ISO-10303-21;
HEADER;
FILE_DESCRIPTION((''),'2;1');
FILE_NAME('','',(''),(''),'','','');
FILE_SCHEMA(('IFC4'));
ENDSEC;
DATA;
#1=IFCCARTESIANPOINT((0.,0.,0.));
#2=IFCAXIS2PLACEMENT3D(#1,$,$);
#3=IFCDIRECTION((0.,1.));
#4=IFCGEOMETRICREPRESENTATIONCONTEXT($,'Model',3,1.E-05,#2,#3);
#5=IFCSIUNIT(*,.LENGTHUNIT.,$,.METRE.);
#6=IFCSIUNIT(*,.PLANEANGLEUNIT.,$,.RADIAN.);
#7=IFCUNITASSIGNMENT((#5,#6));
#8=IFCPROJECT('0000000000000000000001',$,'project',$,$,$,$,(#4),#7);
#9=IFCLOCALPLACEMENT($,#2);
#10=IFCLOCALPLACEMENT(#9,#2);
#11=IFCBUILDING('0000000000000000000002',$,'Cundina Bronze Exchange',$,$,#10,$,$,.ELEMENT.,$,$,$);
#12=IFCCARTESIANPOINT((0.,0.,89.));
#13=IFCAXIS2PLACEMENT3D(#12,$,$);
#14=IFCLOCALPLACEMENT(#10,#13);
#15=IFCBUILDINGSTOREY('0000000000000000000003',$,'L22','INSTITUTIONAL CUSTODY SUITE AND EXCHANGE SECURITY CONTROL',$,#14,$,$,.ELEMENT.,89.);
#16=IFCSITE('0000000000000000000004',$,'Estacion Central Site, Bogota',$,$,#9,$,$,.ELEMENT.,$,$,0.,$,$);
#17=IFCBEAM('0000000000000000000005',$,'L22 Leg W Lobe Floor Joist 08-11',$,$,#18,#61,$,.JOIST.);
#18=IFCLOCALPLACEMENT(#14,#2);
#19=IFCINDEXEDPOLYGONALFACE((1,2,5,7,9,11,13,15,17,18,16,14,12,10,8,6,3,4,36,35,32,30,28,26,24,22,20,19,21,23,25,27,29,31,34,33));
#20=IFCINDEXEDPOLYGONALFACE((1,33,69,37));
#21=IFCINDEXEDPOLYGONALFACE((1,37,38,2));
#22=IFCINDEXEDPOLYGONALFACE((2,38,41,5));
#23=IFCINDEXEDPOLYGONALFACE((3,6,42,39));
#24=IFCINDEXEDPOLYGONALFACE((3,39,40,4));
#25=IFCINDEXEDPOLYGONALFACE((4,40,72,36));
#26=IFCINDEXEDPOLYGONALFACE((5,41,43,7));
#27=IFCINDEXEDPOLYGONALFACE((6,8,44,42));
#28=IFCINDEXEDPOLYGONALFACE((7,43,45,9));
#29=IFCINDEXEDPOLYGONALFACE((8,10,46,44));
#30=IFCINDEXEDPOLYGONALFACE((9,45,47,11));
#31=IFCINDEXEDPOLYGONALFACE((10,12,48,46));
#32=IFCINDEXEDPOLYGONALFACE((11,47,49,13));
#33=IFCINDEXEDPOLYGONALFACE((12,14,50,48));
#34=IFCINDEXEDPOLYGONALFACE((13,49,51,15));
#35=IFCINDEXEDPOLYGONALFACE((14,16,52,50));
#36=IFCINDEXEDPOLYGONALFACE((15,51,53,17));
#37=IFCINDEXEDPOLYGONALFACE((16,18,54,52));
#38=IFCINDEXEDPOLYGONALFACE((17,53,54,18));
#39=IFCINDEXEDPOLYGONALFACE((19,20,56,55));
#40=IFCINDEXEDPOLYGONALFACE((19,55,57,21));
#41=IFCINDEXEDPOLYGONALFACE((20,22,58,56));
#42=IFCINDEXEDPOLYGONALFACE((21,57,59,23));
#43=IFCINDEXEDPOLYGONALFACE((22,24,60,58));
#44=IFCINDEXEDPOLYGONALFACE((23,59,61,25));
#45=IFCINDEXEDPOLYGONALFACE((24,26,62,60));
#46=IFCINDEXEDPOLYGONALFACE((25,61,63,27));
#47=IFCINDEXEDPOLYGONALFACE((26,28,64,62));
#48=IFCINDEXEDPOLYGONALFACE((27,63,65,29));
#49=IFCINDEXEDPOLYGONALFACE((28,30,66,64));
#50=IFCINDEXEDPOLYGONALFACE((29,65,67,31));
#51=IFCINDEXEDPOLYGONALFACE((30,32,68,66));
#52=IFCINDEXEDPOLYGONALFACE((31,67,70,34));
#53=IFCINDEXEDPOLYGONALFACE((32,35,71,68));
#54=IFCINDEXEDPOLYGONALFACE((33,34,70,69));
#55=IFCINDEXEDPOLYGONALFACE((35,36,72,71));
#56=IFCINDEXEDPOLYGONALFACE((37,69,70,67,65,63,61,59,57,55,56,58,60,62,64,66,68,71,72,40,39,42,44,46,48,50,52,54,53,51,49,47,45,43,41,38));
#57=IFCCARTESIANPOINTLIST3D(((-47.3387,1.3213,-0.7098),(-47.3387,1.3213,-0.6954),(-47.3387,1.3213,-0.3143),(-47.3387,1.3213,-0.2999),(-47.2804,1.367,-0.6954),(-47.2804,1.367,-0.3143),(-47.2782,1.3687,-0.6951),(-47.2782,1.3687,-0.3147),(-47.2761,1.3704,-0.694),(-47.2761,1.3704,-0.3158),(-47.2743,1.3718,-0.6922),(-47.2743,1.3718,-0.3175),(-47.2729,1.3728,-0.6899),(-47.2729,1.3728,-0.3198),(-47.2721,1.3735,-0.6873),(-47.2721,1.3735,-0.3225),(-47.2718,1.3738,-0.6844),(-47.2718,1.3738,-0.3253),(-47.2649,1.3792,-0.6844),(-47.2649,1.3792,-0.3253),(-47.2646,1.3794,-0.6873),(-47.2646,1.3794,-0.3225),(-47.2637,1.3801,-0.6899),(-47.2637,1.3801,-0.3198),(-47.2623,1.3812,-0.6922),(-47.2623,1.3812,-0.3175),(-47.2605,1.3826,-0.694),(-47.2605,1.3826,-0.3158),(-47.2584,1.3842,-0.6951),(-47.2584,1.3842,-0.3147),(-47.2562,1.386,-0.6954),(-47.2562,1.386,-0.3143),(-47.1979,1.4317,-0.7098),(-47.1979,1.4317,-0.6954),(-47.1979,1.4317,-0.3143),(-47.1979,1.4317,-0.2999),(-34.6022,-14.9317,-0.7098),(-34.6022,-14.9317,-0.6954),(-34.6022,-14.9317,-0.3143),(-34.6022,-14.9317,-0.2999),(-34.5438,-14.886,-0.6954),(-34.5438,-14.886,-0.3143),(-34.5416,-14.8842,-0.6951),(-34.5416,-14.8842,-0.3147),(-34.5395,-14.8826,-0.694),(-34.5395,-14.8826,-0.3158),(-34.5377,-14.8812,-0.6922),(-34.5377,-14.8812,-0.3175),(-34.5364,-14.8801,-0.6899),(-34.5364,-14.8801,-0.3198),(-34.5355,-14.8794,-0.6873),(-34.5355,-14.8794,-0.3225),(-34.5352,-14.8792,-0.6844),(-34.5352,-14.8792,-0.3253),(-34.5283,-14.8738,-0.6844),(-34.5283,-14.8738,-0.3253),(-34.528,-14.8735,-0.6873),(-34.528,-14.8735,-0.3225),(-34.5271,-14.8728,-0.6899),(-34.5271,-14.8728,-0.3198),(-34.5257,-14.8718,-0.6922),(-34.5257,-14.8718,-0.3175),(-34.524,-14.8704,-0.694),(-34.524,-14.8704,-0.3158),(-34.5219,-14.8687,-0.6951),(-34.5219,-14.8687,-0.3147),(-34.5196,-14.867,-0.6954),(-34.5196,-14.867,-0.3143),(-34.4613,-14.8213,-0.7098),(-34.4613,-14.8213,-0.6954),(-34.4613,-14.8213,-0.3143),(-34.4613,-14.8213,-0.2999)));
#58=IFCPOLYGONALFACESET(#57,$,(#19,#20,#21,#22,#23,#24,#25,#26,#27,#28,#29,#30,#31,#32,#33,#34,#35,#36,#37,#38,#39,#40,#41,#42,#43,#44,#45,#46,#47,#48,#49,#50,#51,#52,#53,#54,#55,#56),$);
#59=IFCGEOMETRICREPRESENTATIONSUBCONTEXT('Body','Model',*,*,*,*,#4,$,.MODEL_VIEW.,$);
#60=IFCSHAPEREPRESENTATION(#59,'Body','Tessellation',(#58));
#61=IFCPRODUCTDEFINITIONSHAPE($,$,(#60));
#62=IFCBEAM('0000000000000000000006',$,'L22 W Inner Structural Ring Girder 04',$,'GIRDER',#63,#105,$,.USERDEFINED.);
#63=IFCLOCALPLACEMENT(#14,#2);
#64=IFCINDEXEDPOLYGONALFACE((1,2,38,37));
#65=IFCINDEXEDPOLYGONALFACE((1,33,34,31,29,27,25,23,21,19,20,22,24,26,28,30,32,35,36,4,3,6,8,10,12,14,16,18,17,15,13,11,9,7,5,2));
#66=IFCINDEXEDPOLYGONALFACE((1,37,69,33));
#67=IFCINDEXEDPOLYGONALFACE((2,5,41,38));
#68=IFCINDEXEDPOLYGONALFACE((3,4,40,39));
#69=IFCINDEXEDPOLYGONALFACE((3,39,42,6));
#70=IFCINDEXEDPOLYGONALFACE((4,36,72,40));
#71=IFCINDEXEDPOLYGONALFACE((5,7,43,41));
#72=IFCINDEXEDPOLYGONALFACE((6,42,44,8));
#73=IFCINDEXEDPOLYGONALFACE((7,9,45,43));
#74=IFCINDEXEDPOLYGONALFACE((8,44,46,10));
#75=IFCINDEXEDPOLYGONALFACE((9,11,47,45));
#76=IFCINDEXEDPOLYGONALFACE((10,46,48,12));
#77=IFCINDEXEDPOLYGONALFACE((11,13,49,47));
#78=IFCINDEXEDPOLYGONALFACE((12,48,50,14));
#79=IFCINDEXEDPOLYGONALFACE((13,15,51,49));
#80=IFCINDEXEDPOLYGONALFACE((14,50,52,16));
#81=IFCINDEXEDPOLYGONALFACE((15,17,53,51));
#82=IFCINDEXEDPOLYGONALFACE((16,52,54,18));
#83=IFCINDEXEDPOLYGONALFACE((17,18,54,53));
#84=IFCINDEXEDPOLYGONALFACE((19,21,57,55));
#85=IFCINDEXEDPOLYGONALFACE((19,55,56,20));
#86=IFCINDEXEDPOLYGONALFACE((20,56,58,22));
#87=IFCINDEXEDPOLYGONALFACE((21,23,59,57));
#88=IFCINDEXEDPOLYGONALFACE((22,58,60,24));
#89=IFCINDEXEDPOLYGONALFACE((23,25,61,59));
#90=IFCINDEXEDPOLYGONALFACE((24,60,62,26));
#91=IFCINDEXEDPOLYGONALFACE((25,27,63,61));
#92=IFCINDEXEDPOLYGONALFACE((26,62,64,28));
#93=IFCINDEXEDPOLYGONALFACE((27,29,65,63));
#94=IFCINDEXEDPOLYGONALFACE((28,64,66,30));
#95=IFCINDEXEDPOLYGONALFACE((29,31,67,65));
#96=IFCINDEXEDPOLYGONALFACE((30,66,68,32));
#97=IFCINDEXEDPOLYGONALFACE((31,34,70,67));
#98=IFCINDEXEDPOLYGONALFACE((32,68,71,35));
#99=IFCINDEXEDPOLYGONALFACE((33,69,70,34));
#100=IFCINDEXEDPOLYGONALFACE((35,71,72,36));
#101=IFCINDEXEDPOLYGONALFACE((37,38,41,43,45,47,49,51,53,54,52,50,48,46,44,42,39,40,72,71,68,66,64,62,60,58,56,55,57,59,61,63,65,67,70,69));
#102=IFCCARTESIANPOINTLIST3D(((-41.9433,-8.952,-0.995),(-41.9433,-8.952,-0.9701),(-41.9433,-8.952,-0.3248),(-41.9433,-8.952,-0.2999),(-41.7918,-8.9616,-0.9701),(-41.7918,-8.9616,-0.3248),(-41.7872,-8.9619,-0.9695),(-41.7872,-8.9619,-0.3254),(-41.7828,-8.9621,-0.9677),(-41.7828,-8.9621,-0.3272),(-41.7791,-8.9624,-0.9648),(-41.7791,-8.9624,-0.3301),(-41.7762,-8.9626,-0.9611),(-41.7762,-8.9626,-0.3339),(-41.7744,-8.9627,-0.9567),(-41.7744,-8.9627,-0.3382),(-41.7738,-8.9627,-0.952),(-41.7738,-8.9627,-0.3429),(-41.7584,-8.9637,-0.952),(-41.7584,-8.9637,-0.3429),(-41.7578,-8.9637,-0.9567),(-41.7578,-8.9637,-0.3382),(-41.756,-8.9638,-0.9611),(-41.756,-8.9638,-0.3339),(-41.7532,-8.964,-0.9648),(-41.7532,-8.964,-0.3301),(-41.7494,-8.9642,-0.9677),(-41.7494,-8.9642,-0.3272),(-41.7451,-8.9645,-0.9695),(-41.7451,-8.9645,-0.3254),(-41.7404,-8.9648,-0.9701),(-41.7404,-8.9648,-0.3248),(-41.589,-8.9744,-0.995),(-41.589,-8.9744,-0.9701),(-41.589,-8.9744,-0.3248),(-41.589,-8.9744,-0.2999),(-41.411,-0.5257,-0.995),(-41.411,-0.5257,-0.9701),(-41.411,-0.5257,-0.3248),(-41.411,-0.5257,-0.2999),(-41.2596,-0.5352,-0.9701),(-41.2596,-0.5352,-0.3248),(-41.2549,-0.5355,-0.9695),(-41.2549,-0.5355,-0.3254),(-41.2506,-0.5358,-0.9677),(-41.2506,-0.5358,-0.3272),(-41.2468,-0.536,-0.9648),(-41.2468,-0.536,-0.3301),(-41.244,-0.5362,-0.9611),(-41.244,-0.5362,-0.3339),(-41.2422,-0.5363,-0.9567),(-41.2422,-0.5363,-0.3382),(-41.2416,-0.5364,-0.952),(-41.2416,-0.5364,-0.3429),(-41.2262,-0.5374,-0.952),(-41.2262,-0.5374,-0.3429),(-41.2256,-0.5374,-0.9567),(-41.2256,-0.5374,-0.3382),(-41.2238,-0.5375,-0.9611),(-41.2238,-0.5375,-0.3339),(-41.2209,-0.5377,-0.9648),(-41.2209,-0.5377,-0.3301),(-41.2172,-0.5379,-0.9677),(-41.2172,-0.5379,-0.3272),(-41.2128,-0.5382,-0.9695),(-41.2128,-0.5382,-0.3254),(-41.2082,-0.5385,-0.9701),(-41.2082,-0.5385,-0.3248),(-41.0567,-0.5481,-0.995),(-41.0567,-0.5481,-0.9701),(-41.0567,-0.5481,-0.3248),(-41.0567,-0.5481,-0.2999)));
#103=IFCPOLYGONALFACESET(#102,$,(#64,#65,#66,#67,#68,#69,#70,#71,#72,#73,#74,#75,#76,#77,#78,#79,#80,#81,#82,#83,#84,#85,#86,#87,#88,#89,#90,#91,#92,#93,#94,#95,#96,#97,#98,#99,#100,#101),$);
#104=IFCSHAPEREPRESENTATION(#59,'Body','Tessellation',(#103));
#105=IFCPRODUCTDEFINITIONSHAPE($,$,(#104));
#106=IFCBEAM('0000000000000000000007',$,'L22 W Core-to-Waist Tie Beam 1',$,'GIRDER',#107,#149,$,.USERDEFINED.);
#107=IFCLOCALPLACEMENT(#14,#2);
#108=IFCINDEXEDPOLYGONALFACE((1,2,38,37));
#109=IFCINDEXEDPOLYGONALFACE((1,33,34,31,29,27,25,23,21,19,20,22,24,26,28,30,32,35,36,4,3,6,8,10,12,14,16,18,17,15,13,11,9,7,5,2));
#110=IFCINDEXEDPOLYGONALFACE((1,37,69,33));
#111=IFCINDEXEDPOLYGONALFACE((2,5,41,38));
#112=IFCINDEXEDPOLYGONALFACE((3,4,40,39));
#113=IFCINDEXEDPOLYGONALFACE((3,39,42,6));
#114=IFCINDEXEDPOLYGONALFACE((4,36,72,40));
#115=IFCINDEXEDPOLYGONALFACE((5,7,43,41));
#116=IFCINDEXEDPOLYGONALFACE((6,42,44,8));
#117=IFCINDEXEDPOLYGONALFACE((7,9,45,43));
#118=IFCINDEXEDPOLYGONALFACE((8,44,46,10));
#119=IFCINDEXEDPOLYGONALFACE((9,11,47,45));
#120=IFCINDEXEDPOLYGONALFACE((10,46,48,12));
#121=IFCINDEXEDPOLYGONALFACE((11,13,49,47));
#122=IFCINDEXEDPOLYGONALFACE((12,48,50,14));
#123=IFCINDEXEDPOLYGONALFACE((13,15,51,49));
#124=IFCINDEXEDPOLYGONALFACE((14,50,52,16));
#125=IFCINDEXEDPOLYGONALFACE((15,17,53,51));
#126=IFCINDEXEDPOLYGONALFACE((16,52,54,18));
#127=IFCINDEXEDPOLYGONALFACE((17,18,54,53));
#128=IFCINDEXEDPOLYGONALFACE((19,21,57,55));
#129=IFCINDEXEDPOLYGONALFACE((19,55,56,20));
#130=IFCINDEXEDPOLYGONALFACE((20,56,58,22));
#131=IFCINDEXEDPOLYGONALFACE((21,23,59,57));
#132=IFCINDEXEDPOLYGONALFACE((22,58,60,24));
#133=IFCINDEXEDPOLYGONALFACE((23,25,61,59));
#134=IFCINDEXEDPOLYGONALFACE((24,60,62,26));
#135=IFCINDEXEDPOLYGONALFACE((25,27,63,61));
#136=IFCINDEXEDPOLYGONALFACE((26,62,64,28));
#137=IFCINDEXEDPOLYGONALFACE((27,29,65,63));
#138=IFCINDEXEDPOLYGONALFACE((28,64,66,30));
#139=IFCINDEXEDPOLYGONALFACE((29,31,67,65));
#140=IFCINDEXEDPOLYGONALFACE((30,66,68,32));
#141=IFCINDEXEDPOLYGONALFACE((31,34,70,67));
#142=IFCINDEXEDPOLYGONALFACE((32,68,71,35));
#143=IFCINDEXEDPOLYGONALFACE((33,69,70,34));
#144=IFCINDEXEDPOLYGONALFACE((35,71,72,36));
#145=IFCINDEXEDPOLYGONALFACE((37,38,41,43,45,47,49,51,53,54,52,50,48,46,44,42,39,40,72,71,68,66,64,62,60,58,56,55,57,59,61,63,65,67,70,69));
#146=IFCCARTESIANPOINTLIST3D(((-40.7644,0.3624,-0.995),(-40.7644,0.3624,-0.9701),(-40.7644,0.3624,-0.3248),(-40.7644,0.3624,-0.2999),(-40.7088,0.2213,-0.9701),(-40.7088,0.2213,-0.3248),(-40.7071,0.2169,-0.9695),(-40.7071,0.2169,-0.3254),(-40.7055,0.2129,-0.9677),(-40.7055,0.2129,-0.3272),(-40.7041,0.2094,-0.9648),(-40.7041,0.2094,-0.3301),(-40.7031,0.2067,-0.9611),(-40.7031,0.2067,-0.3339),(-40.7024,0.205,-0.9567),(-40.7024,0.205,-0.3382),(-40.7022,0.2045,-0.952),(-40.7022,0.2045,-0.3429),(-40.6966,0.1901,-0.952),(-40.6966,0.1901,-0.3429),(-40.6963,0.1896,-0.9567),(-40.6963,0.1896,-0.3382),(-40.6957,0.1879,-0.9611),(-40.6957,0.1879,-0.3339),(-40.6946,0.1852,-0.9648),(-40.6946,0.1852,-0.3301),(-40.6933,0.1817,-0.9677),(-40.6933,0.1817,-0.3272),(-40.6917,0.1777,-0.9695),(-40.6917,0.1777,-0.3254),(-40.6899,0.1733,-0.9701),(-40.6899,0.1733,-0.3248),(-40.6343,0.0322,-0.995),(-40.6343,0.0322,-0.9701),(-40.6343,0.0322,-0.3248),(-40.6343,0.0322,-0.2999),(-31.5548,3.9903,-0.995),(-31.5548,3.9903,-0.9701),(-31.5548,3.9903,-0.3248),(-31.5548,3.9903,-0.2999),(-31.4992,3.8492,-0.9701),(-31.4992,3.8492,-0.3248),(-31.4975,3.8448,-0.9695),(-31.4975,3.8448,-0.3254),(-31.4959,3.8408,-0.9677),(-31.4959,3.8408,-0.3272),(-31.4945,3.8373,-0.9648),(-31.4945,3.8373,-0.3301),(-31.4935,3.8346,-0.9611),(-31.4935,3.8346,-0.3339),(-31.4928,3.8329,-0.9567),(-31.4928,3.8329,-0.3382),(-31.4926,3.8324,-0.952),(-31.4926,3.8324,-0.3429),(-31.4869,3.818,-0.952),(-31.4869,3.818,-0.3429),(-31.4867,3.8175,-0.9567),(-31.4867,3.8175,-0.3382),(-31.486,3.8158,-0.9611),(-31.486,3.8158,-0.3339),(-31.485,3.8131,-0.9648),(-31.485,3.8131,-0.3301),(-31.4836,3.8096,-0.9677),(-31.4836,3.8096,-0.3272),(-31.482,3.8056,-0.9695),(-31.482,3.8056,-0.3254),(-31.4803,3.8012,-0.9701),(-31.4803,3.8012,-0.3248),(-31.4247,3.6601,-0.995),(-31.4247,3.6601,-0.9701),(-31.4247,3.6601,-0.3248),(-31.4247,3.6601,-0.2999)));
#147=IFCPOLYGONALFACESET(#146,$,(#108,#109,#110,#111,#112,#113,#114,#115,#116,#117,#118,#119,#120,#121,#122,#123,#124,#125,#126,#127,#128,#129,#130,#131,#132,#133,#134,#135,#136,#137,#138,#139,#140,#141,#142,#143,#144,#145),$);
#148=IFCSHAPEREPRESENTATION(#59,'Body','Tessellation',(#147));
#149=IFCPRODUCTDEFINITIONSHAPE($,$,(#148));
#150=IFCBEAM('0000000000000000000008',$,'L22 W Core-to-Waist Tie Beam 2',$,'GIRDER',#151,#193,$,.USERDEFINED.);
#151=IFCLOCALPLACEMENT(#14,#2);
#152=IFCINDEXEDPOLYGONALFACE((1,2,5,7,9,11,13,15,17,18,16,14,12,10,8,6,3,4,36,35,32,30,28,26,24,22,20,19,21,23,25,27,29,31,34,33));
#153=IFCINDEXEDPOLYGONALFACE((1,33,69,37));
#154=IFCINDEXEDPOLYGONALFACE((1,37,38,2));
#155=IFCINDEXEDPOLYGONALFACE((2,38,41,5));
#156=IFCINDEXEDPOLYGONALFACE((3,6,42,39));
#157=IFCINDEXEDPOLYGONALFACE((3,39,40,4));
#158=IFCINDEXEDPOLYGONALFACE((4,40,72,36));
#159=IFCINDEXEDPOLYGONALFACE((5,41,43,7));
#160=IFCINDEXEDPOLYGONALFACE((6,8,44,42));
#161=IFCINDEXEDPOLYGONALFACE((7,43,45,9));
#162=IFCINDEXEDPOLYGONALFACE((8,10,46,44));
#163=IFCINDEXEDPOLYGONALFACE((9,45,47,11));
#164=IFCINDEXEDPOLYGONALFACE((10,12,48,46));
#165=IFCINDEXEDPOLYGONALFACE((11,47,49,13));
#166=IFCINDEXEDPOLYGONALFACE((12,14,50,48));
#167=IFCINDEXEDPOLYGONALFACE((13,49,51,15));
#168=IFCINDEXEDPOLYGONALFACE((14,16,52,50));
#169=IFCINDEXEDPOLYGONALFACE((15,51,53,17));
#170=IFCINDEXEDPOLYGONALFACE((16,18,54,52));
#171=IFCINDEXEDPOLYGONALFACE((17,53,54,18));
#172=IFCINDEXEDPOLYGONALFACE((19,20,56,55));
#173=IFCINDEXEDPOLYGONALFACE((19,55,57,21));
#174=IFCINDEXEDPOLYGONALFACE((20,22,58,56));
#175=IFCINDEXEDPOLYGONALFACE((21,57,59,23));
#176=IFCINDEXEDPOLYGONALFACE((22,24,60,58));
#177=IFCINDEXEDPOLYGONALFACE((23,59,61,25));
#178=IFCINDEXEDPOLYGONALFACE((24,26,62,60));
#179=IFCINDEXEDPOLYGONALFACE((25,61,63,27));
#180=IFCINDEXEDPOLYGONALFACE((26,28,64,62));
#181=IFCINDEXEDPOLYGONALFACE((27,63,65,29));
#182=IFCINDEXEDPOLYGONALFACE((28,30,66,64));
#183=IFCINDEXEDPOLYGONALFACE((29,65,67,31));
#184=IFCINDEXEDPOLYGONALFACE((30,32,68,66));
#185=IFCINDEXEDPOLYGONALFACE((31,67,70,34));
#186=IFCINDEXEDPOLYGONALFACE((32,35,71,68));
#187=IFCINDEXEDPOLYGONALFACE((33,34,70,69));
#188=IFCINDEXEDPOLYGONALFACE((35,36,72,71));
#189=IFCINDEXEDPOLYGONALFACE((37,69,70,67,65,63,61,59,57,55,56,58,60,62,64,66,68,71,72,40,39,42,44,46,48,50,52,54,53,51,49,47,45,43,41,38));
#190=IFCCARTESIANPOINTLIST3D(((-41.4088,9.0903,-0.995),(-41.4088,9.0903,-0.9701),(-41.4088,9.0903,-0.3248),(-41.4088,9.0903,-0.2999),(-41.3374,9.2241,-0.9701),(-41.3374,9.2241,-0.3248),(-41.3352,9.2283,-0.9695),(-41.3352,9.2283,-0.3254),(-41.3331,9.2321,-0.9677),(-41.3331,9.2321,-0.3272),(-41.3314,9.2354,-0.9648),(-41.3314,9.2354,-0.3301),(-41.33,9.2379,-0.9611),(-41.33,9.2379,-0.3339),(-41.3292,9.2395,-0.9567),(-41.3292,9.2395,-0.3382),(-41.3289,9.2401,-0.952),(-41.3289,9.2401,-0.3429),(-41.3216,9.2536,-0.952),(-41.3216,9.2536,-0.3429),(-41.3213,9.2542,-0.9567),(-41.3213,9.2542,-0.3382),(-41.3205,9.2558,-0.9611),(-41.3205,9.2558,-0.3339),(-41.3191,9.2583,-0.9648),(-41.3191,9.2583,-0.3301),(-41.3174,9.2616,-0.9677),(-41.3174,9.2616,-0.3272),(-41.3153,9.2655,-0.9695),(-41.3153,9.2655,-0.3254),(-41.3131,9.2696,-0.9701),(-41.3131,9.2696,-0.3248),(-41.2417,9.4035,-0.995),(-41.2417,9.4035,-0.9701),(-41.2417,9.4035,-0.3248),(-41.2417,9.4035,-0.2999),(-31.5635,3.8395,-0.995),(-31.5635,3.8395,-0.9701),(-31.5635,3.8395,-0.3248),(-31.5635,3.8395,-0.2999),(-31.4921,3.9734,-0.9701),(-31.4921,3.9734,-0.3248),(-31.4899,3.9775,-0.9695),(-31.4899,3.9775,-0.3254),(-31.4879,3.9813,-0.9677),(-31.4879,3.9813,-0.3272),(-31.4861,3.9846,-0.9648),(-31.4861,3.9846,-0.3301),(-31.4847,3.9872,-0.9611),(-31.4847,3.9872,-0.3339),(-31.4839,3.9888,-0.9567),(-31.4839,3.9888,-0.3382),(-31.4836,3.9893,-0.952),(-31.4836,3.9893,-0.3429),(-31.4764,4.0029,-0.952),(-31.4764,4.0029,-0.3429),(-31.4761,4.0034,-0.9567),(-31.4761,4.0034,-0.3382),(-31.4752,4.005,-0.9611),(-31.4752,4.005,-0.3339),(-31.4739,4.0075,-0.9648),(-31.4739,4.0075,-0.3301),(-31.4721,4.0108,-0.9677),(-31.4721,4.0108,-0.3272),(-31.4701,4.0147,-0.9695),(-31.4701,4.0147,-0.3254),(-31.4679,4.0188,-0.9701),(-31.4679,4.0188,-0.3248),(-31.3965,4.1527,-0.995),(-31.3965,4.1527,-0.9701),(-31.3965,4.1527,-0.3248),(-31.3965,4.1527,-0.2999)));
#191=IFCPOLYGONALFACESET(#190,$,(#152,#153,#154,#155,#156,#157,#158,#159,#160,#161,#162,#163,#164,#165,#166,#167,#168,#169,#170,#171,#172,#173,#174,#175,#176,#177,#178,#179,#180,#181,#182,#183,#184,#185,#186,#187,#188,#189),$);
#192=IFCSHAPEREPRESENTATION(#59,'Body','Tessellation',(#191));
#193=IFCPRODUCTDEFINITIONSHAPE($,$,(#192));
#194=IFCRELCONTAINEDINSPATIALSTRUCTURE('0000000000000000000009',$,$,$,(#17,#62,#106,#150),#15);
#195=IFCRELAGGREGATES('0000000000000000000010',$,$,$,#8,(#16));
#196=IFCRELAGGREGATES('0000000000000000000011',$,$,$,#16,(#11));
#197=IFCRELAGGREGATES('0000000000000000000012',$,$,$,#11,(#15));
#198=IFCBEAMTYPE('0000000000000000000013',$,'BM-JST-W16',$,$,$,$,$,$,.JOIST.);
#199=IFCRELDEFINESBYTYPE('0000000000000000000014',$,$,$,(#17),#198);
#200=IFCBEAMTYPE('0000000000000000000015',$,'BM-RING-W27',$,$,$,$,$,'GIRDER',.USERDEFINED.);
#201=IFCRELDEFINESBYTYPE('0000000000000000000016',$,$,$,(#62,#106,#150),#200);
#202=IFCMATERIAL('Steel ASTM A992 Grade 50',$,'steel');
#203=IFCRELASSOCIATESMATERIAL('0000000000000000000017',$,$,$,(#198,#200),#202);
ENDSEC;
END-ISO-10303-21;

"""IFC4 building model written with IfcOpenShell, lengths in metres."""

from ifc_helpers import new_model, si_unit, direction, frame, origin, origin_2d, place, context, subcontext, project, spatial, i_section, extrude, material, material_profile, profile_set, type_object, element, save


model = new_model("IFC4")

# Units and contexts
model_context = context("Model", 3, precision=1e-05, world=origin(), true_north=direction((0.0, 1.0)))
body_context = subcontext(model_context, "Body", "Model", "MODEL_VIEW")
ifc_project = project(units=[si_unit("LENGTHUNIT", "METRE"), si_unit("PLANEANGLEUNIT", "RADIAN")], contexts=[model_context])

# Site, building, storey
site_placement = place(None, origin())
site = spatial("IfcSite", under=ifc_project, at=site_placement, Name="Estacion Central Site, Bogota", CompositionType="ELEMENT", RefElevation=0.0)
building_placement = place(site_placement, origin())
building = spatial("IfcBuilding", under=site, at=building_placement, Name="Cundina Bronze Exchange", CompositionType="ELEMENT")
storey_placement = place(building_placement, frame((0.0, 0.0, 89.0)))
storey = spatial("IfcBuildingStorey", under=building, at=storey_placement, Name="L22", Description="INSTITUTIONAL CUSTODY SUITE AND EXCHANGE SECURITY CONTROL", CompositionType="ELEMENT", Elevation=89.0)

# Shared definitions
ifc_material_1 = material(Name="Steel ASTM A992 Grade 50", Category="steel")

# Beams
ifc_material_profile_1 = material_profile(ifc_material_1, i_section(OverallWidth=0.179, OverallDepth=0.4099, WebThickness=0.0088, FlangeThickness=0.0144, FilletRadius=0.011, at=origin_2d()), Name="W16X45", Category="steel")
ifc_profile_set_1 = profile_set([ifc_material_profile_1], Name="Steel ASTM A992 Grade 50")
beam_type_1 = type_object("IfcBeamType", Name="BM-JST-W16", PredefinedType="JOIST", material=ifc_profile_set_1)
beam_1_placement = place(storey_placement, frame((-47.2683, 1.3765, -0.5049), z_axis=(0.616815, -0.787108, 0.0), x_axis=(0.787108, 0.616815, 0.0)))
element("IfcBeam", 1, at=beam_1_placement, inside=storey, type_object=beam_type_1, Name="L22 Leg W Lobe Floor Joist 08-11", PredefinedType="JOIST", context=body_context, shape_type="SweptSolid", body=[
    extrude(i_section(OverallWidth=0.179, OverallDepth=0.4099, WebThickness=0.0088, FlangeThickness=0.0144, FilletRadius=0.011, at=origin_2d()), origin(), (0.0, 0.0, 1.0), 20.6489),
])
ifc_material_profile_2 = material_profile(ifc_material_1, i_section(OverallWidth=0.355, OverallDepth=0.6951, WebThickness=0.0154, FlangeThickness=0.0249, FilletRadius=0.0181, at=origin_2d()), Name="W27X146", Category="steel")
ifc_profile_set_2 = profile_set([ifc_material_profile_2], Name="Steel ASTM A992 Grade 50")
beam_type_2 = type_object("IfcBeamType", Name="BM-RING-W27", ElementType="GIRDER", PredefinedType="USERDEFINED", material=ifc_profile_set_2)
beam_2_placement = place(storey_placement, frame((-41.2339, -0.5369, -0.6475), z_axis=(-0.063037, -0.998011, 0.0), x_axis=(0.998011, -0.063037, 0.0)))
element("IfcBeam", 2, at=beam_2_placement, inside=storey, type_object=beam_type_2, Name="L22 W Inner Structural Ring Girder 04", ObjectType="GIRDER", PredefinedType="USERDEFINED", context=body_context, shape_type="SweptSolid", body=[
    extrude(i_section(OverallWidth=0.355, OverallDepth=0.6951, WebThickness=0.0154, FlangeThickness=0.0249, FilletRadius=0.0181, at=origin_2d()), origin(), (0.0, 0.0, 1.0), 8.4431),
])
beam_3_placement = place(storey_placement, frame((-31.4897, 3.8252, -0.6475), z_axis=(-0.930413, -0.366512, 0.0), x_axis=(0.366512, -0.930413, 0.0)))
element("IfcBeam", 3, at=beam_3_placement, inside=storey, type_object=beam_type_2, Name="L22 W Core-to-Waist Tie Beam 1", ObjectType="GIRDER", PredefinedType="USERDEFINED", context=body_context, shape_type="SweptSolid", body=[
    extrude(i_section(OverallWidth=0.355, OverallDepth=0.6951, WebThickness=0.0154, FlangeThickness=0.0249, FilletRadius=0.0181, at=origin_2d()), origin(), (0.0, 0.0, 1.0), 9.8984),
])
beam_4_placement = place(storey_placement, frame((-31.48, 3.9961, -0.6475), z_axis=(-0.882355, 0.470585, 0.0), x_axis=(-0.470585, -0.882355, 0.0)))
element("IfcBeam", 4, at=beam_4_placement, inside=storey, type_object=beam_type_2, Name="L22 W Core-to-Waist Tie Beam 2", ObjectType="GIRDER", PredefinedType="USERDEFINED", context=body_context, shape_type="SweptSolid", body=[
    extrude(i_section(OverallWidth=0.355, OverallDepth=0.6951, WebThickness=0.0154, FlangeThickness=0.0249, FilletRadius=0.0181, at=origin_2d()), origin(), (0.0, 0.0, 1.0), 11.158),
])

save(model, "model.ifc")
